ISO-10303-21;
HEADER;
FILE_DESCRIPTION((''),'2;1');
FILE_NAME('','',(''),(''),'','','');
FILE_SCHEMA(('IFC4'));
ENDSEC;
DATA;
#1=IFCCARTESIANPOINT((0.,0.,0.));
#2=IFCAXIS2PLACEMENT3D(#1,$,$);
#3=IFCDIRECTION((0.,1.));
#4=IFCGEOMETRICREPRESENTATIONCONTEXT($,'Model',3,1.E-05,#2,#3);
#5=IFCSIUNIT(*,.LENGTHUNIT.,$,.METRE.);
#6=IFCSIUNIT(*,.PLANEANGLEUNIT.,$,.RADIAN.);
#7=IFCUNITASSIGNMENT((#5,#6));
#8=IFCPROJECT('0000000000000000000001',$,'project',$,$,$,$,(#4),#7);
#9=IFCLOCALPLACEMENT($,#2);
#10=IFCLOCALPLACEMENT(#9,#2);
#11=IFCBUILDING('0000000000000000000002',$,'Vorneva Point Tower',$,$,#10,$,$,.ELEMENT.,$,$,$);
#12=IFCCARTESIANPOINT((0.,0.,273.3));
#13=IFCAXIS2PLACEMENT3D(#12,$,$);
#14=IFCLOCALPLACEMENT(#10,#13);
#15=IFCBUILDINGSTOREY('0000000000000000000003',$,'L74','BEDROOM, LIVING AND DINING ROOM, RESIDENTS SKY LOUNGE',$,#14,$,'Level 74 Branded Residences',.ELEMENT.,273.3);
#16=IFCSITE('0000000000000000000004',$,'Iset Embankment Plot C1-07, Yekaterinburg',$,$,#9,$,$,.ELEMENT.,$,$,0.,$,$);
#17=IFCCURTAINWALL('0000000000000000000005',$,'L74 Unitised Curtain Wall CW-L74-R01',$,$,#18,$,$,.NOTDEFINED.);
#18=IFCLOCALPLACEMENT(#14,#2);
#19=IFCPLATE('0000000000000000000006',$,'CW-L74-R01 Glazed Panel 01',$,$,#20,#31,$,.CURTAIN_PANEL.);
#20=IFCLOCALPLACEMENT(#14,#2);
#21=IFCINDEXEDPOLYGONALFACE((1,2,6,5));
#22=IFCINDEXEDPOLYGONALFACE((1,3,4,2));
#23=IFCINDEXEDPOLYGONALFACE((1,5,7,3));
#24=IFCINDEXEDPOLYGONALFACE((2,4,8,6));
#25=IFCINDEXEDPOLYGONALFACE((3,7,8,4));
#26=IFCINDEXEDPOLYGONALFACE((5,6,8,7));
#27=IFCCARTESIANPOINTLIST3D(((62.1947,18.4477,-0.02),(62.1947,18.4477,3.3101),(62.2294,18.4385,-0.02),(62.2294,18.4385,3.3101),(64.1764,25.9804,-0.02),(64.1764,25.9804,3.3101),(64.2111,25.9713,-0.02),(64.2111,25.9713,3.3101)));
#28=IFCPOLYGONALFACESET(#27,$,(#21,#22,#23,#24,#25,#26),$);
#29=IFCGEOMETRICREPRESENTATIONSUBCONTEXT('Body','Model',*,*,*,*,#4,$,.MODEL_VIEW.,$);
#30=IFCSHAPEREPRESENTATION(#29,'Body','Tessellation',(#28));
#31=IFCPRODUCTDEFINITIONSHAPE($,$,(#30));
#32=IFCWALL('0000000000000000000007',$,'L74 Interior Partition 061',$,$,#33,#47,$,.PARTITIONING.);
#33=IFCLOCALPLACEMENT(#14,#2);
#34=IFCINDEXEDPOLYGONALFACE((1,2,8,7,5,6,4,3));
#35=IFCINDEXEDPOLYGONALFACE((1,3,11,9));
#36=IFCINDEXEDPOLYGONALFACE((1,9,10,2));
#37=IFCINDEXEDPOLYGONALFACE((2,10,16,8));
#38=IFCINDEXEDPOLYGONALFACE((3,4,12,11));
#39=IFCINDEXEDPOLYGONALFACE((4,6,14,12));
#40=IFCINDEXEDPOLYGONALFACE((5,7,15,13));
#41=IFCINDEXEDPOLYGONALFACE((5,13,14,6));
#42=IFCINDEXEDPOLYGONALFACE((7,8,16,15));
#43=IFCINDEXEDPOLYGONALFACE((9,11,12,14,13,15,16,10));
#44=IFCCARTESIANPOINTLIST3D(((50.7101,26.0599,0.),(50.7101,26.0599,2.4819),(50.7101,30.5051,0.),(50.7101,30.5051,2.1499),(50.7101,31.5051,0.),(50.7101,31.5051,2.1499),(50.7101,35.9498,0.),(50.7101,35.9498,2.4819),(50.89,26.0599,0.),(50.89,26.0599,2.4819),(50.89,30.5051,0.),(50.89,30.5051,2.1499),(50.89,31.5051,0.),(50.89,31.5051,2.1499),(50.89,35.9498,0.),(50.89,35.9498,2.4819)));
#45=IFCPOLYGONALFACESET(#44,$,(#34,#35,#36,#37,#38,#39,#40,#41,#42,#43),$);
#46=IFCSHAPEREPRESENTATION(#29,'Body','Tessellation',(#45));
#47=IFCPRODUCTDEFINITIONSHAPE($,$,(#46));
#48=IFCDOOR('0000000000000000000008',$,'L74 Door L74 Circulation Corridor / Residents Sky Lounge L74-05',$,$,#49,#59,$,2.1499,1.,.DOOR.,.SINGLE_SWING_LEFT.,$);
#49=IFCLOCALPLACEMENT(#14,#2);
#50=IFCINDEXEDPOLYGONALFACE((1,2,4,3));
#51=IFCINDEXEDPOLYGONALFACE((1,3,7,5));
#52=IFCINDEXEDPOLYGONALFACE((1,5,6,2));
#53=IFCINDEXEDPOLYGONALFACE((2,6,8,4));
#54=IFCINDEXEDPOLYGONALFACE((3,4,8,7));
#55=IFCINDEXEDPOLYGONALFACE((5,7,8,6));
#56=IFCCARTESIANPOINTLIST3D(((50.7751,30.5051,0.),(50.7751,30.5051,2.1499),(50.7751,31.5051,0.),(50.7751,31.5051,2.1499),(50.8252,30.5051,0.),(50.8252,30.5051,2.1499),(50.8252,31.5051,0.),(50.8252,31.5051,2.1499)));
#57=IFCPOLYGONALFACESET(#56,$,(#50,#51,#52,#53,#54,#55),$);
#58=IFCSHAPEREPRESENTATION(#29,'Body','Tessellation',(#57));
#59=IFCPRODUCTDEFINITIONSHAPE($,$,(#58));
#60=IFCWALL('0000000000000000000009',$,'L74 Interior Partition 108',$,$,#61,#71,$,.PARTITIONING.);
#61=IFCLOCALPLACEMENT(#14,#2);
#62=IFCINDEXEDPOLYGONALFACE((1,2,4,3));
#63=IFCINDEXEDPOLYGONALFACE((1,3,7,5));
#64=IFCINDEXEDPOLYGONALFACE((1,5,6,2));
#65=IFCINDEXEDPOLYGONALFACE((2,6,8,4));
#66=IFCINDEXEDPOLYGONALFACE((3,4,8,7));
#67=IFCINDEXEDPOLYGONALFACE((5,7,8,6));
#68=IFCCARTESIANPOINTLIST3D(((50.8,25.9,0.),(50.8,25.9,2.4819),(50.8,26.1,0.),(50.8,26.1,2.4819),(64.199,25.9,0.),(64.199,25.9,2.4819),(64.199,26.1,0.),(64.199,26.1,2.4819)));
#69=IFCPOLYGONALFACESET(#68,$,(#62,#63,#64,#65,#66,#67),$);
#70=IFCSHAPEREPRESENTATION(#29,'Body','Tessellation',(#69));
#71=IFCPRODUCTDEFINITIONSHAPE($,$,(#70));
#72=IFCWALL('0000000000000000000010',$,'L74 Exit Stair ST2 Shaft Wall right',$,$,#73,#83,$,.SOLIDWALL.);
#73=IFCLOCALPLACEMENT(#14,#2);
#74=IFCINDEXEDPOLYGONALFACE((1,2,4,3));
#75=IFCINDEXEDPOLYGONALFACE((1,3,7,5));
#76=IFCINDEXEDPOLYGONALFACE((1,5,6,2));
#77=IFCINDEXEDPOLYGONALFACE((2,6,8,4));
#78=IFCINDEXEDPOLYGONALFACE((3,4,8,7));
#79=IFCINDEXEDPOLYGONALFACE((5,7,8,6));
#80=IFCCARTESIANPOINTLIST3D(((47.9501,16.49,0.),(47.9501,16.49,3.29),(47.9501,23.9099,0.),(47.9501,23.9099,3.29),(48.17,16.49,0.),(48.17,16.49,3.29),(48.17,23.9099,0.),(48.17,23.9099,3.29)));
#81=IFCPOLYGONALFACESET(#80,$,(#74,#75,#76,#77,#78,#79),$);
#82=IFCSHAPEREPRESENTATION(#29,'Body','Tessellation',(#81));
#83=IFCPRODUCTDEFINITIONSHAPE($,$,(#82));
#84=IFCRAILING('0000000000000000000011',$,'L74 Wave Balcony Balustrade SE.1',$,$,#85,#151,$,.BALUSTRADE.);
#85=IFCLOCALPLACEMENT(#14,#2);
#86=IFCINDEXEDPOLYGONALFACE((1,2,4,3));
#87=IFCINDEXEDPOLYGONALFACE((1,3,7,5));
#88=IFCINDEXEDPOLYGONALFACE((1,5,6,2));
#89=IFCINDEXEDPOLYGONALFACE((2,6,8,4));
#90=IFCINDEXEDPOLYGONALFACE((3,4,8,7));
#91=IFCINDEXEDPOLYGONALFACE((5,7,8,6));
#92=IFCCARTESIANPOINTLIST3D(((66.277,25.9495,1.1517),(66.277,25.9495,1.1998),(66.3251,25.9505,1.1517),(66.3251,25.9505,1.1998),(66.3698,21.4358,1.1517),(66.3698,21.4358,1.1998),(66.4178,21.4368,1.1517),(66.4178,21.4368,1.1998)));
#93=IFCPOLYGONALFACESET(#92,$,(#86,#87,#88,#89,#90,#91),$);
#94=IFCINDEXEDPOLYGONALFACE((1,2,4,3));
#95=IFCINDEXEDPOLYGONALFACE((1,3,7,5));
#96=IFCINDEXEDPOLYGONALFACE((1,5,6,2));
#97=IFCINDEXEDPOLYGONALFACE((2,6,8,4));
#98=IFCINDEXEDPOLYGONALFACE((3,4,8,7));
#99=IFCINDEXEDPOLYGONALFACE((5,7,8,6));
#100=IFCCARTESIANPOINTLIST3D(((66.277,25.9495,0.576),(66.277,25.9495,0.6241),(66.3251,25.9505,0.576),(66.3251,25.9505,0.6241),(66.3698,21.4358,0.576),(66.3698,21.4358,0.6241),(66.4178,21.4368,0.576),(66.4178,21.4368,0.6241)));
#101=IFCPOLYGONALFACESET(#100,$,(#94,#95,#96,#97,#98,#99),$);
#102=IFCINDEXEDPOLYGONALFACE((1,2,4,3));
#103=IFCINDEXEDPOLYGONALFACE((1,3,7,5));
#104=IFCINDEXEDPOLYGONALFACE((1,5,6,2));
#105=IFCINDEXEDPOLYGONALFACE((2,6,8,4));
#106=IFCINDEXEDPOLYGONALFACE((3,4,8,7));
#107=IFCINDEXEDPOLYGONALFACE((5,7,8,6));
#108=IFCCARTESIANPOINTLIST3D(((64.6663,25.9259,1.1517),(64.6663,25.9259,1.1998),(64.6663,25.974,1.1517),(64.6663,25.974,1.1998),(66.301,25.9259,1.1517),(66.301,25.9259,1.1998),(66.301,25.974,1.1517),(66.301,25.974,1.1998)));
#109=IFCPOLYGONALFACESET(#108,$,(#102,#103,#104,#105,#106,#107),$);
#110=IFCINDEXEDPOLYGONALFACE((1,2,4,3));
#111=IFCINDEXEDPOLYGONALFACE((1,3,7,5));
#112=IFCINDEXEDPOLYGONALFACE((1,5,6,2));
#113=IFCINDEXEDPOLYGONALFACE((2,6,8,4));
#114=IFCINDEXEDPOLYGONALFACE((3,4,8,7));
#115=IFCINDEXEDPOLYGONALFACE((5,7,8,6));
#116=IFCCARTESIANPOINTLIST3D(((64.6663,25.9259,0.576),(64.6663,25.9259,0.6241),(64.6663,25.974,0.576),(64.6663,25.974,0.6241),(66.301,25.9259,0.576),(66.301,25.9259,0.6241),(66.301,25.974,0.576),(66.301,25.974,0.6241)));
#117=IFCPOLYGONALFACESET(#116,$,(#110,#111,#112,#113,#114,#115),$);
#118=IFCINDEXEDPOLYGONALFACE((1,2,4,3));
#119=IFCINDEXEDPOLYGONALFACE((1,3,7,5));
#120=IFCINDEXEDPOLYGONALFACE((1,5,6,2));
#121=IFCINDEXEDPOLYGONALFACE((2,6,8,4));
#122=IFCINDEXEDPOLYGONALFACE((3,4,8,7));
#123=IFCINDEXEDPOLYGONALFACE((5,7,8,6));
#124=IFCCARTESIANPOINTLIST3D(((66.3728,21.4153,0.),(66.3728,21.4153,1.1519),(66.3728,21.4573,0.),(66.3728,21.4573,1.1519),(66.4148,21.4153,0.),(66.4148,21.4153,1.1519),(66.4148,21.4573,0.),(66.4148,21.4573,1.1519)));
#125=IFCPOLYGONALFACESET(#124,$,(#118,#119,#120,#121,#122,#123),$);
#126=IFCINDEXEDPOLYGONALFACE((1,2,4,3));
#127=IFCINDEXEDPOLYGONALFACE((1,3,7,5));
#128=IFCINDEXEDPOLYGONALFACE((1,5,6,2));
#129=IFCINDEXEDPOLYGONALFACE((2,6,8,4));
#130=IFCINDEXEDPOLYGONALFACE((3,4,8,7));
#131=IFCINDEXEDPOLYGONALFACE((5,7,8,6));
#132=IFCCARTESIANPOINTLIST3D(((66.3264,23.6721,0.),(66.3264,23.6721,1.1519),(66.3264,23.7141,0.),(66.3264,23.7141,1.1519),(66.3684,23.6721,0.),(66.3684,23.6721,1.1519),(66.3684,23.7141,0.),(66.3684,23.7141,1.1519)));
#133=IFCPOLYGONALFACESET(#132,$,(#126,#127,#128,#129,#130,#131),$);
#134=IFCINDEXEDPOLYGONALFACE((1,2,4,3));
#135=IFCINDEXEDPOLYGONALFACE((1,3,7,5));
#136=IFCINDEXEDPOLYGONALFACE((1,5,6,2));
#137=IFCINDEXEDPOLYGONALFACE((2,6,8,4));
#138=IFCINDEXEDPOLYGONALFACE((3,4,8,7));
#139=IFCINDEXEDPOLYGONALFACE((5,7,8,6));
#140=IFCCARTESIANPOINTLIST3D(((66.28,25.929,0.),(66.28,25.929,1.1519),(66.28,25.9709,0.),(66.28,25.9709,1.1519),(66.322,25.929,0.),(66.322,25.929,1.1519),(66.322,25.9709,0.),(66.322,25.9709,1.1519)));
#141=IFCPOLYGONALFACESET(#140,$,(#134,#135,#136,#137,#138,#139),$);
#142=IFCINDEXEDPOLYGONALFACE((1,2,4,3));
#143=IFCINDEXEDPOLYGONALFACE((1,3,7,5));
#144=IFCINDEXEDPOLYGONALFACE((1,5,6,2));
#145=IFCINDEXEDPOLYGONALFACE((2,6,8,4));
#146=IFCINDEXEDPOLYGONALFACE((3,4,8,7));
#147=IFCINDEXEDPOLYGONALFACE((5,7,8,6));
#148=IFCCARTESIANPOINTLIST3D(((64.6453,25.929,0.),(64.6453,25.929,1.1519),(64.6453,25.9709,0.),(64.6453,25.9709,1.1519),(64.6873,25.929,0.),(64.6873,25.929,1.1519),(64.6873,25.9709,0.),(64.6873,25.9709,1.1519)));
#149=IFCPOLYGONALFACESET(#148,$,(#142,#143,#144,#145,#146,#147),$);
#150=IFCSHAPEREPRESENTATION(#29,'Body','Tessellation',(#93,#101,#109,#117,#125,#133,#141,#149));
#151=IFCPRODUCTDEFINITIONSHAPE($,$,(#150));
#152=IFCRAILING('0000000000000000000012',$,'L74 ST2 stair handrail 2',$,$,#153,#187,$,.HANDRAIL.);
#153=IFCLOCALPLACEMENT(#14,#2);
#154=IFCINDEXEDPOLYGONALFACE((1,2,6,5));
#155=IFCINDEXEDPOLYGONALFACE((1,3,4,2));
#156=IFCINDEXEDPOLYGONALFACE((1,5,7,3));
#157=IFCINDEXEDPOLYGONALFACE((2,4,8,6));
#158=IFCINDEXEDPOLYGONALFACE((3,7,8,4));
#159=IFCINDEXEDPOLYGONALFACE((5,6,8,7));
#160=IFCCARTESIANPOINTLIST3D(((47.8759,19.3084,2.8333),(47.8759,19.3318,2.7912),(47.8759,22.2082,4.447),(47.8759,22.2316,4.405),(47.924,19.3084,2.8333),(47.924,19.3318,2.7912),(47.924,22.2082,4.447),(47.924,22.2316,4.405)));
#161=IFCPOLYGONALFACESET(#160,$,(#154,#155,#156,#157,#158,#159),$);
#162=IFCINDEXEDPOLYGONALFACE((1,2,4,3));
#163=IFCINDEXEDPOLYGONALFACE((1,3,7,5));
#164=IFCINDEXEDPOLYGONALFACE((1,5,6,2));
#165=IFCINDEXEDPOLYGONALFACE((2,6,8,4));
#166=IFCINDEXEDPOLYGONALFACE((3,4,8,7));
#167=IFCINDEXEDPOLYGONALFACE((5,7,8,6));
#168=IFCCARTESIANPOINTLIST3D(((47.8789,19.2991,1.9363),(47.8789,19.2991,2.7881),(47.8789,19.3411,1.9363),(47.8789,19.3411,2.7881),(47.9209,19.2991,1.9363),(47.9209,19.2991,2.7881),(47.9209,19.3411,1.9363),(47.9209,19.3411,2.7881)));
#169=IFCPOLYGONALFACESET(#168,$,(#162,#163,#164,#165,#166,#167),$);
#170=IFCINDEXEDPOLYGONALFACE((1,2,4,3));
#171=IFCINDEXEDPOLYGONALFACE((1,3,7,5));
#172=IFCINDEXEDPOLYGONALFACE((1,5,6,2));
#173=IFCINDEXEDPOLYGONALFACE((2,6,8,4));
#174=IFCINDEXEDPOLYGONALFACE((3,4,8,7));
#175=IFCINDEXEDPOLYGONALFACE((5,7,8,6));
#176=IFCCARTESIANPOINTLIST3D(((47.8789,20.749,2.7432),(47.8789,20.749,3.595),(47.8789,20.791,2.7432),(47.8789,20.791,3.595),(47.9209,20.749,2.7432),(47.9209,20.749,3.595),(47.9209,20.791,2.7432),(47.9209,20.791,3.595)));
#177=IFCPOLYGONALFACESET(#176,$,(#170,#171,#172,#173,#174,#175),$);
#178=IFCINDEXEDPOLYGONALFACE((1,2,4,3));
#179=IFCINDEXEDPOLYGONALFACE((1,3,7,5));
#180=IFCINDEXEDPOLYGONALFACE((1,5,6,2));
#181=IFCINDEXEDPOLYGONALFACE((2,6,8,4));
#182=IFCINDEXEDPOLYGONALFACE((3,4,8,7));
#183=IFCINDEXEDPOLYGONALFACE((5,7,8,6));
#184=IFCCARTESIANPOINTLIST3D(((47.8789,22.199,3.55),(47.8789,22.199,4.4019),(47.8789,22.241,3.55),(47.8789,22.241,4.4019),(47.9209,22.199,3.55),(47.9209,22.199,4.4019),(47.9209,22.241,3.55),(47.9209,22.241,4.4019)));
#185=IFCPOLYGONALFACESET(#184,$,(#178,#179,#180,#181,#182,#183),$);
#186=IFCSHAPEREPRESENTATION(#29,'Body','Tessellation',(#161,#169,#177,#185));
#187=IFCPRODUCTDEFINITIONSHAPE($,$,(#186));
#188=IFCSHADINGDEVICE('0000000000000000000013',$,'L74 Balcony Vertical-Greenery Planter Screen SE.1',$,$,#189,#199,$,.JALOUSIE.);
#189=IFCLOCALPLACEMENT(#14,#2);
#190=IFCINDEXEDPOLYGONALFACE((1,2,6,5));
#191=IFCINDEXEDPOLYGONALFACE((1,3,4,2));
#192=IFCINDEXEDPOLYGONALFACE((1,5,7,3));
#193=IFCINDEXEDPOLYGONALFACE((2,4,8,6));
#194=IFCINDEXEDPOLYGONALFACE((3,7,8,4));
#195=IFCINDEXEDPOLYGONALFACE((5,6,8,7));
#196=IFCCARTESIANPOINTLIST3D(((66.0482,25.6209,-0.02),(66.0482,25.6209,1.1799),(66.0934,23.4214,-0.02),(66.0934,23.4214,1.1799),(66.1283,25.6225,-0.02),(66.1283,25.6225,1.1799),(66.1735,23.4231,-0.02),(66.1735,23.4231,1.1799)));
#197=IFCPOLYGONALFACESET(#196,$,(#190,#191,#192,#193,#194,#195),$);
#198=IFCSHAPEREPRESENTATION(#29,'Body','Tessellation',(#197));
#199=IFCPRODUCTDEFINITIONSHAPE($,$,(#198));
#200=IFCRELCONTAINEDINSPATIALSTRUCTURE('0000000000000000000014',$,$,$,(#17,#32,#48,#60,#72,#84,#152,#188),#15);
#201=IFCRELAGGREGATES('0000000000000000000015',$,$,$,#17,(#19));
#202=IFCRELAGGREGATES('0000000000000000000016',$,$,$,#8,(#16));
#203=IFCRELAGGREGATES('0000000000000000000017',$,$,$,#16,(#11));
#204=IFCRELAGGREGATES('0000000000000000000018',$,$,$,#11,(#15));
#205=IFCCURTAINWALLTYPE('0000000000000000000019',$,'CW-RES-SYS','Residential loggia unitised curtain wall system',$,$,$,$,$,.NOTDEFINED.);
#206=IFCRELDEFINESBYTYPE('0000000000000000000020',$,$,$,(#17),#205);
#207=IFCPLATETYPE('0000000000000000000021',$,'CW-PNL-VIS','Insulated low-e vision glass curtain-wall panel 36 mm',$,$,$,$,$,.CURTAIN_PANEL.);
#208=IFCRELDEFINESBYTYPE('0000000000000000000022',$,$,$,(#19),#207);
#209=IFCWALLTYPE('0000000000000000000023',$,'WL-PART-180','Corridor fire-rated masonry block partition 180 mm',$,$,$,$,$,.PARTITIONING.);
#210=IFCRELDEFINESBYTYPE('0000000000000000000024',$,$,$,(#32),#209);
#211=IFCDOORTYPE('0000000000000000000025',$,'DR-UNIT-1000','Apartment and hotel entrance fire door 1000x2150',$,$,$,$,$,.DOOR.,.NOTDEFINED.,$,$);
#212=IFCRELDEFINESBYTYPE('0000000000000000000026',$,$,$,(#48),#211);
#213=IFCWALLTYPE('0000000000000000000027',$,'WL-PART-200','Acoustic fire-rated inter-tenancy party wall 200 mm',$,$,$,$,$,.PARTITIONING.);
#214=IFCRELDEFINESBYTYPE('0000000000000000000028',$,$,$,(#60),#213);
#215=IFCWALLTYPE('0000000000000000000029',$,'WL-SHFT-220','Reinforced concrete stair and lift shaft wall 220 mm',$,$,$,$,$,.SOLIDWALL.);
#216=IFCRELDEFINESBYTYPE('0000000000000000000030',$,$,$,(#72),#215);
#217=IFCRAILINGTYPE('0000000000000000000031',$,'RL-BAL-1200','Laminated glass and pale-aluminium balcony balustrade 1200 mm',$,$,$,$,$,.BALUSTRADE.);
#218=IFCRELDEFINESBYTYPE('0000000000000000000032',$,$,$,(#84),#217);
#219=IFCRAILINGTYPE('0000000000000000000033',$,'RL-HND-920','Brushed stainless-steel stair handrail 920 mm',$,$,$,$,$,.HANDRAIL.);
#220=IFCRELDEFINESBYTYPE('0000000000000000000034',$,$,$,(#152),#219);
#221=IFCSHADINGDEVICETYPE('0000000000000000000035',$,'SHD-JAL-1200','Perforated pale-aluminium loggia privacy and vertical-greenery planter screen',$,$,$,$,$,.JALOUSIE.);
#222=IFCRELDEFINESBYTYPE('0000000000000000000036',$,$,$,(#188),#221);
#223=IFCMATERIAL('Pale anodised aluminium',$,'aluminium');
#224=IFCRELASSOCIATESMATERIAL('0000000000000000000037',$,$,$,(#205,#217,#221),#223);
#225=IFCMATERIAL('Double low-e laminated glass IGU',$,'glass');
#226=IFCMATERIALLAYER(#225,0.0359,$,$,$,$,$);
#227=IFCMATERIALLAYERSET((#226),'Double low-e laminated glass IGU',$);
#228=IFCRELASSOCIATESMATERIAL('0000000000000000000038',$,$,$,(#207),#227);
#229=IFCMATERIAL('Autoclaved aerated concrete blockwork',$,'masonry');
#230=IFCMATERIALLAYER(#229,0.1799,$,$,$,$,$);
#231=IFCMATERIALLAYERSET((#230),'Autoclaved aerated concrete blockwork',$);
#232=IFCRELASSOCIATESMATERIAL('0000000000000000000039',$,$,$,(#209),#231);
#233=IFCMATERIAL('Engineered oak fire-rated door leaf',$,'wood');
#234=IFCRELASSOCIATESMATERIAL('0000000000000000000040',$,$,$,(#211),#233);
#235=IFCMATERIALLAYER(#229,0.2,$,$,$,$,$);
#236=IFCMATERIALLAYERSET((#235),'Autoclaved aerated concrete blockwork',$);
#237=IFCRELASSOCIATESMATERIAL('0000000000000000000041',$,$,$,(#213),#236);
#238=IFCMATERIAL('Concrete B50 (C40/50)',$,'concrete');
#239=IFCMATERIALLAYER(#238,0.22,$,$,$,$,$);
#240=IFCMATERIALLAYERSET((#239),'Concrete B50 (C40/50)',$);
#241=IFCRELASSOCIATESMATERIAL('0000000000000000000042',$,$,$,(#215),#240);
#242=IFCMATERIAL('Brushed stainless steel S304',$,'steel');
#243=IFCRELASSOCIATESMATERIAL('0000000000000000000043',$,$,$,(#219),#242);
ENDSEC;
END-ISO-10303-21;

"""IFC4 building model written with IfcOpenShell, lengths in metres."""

from ifc_helpers import new_model, si_unit, direction, frame, frame_2d, origin, origin_2d, place, context, subcontext, project, spatial, rectangle, extrude, material, layer, layer_set, type_object, element, fill, aggregate, save


model = new_model("IFC4")

# Units and contexts
model_context = context("Model", 3, precision=1e-05, world=origin(), true_north=direction((0.0, 1.0)))
body_context = subcontext(model_context, "Body", "Model", "MODEL_VIEW")
ifc_project = project(units=[si_unit("LENGTHUNIT", "METRE"), si_unit("PLANEANGLEUNIT", "RADIAN")], contexts=[model_context])

# Site, building, storey
site_placement = place(None, origin())
site = spatial("IfcSite", under=ifc_project, at=site_placement, Name="Iset Embankment Plot C1-07, Yekaterinburg", CompositionType="ELEMENT", RefElevation=0.0)
building_placement = place(site_placement, origin())
building = spatial("IfcBuilding", under=site, at=building_placement, Name="Vorneva Point Tower", CompositionType="ELEMENT")
storey_placement = place(building_placement, frame((0.0, 0.0, 273.3)))
storey = spatial("IfcBuildingStorey", under=building, at=storey_placement, Name="L74", Description="BEDROOM, LIVING AND DINING ROOM, RESIDENTS SKY LOUNGE", LongName="Level 74 Branded Residences", CompositionType="ELEMENT", Elevation=273.3)

# Shared definitions
ifc_material_1 = material(Name="Concrete B50 (C40/50)", Category="concrete")

# Curtain wall, plate
ifc_material_2 = material(Name="Pale anodised aluminium", Category="aluminium")
curtain_wall_type = type_object("IfcCurtainWallType", Name="CW-RES-SYS", Description="Residential loggia unitised curtain wall system", PredefinedType="NOTDEFINED", material=ifc_material_2)
curtain_wall_placement = place(storey_placement, origin())
curtain_wall = element("IfcCurtainWall", 1, at=curtain_wall_placement, inside=storey, type_object=curtain_wall_type, Name="L74 Unitised Curtain Wall CW-L74-R01", PredefinedType="NOTDEFINED")
ifc_material_3 = material(Name="Double low-e laminated glass IGU", Category="glass")
ifc_layer_1 = layer(ifc_material_3, 0.0359)
ifc_layer_set_1 = layer_set([ifc_layer_1], Name="Double low-e laminated glass IGU")
plate_type = type_object("IfcPlateType", Name="CW-PNL-VIS", Description="Insulated low-e vision glass curtain-wall panel 36 mm", PredefinedType="CURTAIN_PANEL", material=ifc_layer_set_1)
plate_placement = place(storey_placement, frame((63.2029, 22.2095, -0.02), z_axis=(0.0, 0.0, 1.0), x_axis=(0.254416, 0.967095, 0.0)))
plate = element("IfcPlate", 2, at=plate_placement, type_object=plate_type, Name="CW-L74-R01 Glazed Panel 01", PredefinedType="CURTAIN_PANEL", context=body_context, shape_type="SweptSolid", body=[
    extrude(rectangle(XDim=7.7891, YDim=0.0359, at=origin_2d()), origin(), (0.0, 0.0, 1.0), 3.3301),
])
aggregate(curtain_wall, [plate])

# Wall, opening, door
ifc_material_4 = material(Name="Autoclaved aerated concrete blockwork", Category="masonry")
ifc_layer_2 = layer(ifc_material_4, 0.1799)
ifc_layer_set_2 = layer_set([ifc_layer_2], Name="Autoclaved aerated concrete blockwork")
wall_type_1 = type_object("IfcWallType", Name="WL-PART-180", Description="Corridor fire-rated masonry block partition 180 mm", PredefinedType="PARTITIONING", material=ifc_layer_set_2)
wall_1_placement = place(storey_placement, frame((50.8, 26.0601, 0.0), z_axis=(0.0, 0.0, 1.0), x_axis=(0.0, 1.0, 0.0)))
wall_1 = element("IfcWall", 3, at=wall_1_placement, inside=storey, type_object=wall_type_1, Name="L74 Interior Partition 061", PredefinedType="PARTITIONING", context=body_context, shape_type="SweptSolid", body=[
    extrude(rectangle(XDim=9.8899, YDim=0.1799, at=frame_2d((4.9448, 0.0))), origin(), (0.0, 0.0, 1.0), 2.4819),
])
opening_1_placement = place(wall_1_placement, frame((4.4451, 0.0, 0.0)))
opening_1 = element("IfcOpeningElement", 4, at=opening_1_placement, cuts=wall_1, PredefinedType="OPENING", context=body_context, shape_type="SweptSolid", body=[
    extrude(rectangle(XDim=1.0, YDim=2.1499, at=frame_2d((0.5, 1.075))), frame((0.0, 0.105, 0.0), z_axis=(0.0, -1.0, 0.0), x_axis=(1.0, 0.0, 0.0)), (0.0, 0.0, 1.0), 0.2097),
])
ifc_material_5 = material(Name="Engineered oak fire-rated door leaf", Category="wood")
door_type_1 = type_object("IfcDoorType", Name="DR-UNIT-1000", Description="Apartment and hotel entrance fire door 1000x2150", OperationType="NOTDEFINED", PredefinedType="DOOR", material=ifc_material_5)
door_1_placement = place(opening_1_placement, origin())
door_1 = element("IfcDoor", 5, at=door_1_placement, inside=storey, type_object=door_type_1, Name="L74 Door L74 Circulation Corridor / Residents Sky Lounge L74-05", OperationType="SINGLE_SWING_LEFT", OverallHeight=2.1499, OverallWidth=1.0, PredefinedType="DOOR", context=body_context, shape_type="SweptSolid", body=[
    extrude(rectangle(XDim=1.0, YDim=2.1499, at=frame_2d((0.5, 1.075))), frame((0.0, 0.0249, 0.0), z_axis=(0.0, -1.0, 0.0), x_axis=(1.0, 0.0, 0.0)), (0.0, 0.0, 1.0), 0.05),
])
fill(opening_1, door_1)

# Walls
ifc_layer_3 = layer(ifc_material_4, 0.2)
ifc_layer_set_3 = layer_set([ifc_layer_3], Name="Autoclaved aerated concrete blockwork")
wall_type_2 = type_object("IfcWallType", Name="WL-PART-200", Description="Acoustic fire-rated inter-tenancy party wall 200 mm", PredefinedType="PARTITIONING", material=ifc_layer_set_3)
wall_2_placement = place(storey_placement, frame((64.199, 26.0, 0.0), z_axis=(0.0, 0.0, 1.0), x_axis=(-1.0, 0.0, 0.0)))
element("IfcWall", 6, at=wall_2_placement, inside=storey, type_object=wall_type_2, Name="L74 Interior Partition 108", PredefinedType="PARTITIONING", context=body_context, shape_type="SweptSolid", body=[
    extrude(rectangle(XDim=13.3989, YDim=0.2, at=frame_2d((6.6995, 0.0))), origin(), (0.0, 0.0, 1.0), 2.4819),
])
ifc_layer_4 = layer(ifc_material_1, 0.22)
ifc_layer_set_4 = layer_set([ifc_layer_4], Name="Concrete B50 (C40/50)")
wall_type_3 = type_object("IfcWallType", Name="WL-SHFT-220", Description="Reinforced concrete stair and lift shaft wall 220 mm", PredefinedType="SOLIDWALL", material=ifc_layer_set_4)
wall_3_placement = place(storey_placement, frame((48.0601, 23.9099, 0.0), z_axis=(0.0, 0.0, 1.0), x_axis=(0.0, -1.0, 0.0)))
element("IfcWall", 7, at=wall_3_placement, inside=storey, type_object=wall_type_3, Name="L74 Exit Stair ST2 Shaft Wall right", PredefinedType="SOLIDWALL", context=body_context, shape_type="SweptSolid", body=[
    extrude(rectangle(XDim=7.4199, YDim=0.22, at=frame_2d((3.71, 0.0))), origin(), (0.0, 0.0, 1.0), 3.29),
])

# Railings
railing_type_1 = type_object("IfcRailingType", Name="RL-BAL-1200", Description="Laminated glass and pale-aluminium balcony balustrade 1200 mm", PredefinedType="BALUSTRADE", material=ifc_material_2)
railing_1_placement = place(storey_placement, frame((66.3938, 21.4363, 0.0)))
element("IfcRailing", 8, at=railing_1_placement, inside=storey, type_object=railing_type_1, Name="L74 Wave Balcony Balustrade SE.1", PredefinedType="BALUSTRADE", context=body_context, shape_type="SweptSolid", body=[
    extrude(rectangle(XDim=0.0481, YDim=0.0481, at=origin_2d()), frame((0.0, 0.0, 1.1758), z_axis=(-0.02055, 0.999789, 0.0), x_axis=(-0.999789, -0.02055, 0.0)), (0.0, 0.0, 1.0), 4.5146),
    extrude(rectangle(XDim=0.0481, YDim=0.0481, at=origin_2d()), frame((0.0, 0.0, 0.6001), z_axis=(-0.02055, 0.999789, 0.0), x_axis=(-0.999789, -0.02055, 0.0)), (0.0, 0.0, 1.0), 4.5146),
    extrude(rectangle(XDim=0.0481, YDim=0.0481, at=origin_2d()), frame((-0.0928, 4.5137, 1.1758), z_axis=(-1.0, 0.0, 0.0), x_axis=(0.0, -1.0, 0.0)), (0.0, 0.0, 1.0), 1.6348),
    extrude(rectangle(XDim=0.0481, YDim=0.0481, at=origin_2d()), frame((-0.0928, 4.5137, 0.6001), z_axis=(-1.0, 0.0, 0.0), x_axis=(0.0, -1.0, 0.0)), (0.0, 0.0, 1.0), 1.6348),
    extrude(rectangle(XDim=0.042, YDim=0.042, at=origin_2d()), origin(), (0.0, 0.0, 1.0), 1.1519),
    extrude(rectangle(XDim=0.042, YDim=0.042, at=origin_2d()), frame((-0.0464, 2.2568, 0.0)), (0.0, 0.0, 1.0), 1.1519),
    extrude(rectangle(XDim=0.042, YDim=0.042, at=origin_2d()), frame((-0.0928, 4.5137, 0.0)), (0.0, 0.0, 1.0), 1.1519),
    extrude(rectangle(XDim=0.042, YDim=0.042, at=origin_2d()), frame((-1.7275, 4.5137, 0.0)), (0.0, 0.0, 1.0), 1.1519),
])
ifc_material_6 = material(Name="Brushed stainless steel S304", Category="steel")
railing_type_2 = type_object("IfcRailingType", Name="RL-HND-920", Description="Brushed stainless-steel stair handrail 920 mm", PredefinedType="HANDRAIL", material=ifc_material_6)
railing_2_placement = place(storey_placement, frame((47.8999, 19.3201, 1.9363)))
element("IfcRailing", 9, at=railing_2_placement, inside=storey, type_object=railing_type_2, Name="L74 ST2 stair handrail 2", PredefinedType="HANDRAIL", context=body_context, shape_type="SweptSolid", body=[
    extrude(rectangle(XDim=0.0481, YDim=0.0481, at=origin_2d()), frame((0.0, 0.0, 0.876), z_axis=(0.0, 0.87381, 0.486267), x_axis=(-1.0, 0.0, 0.0)), (0.0, 0.0, 1.0), 3.3186),
    extrude(rectangle(XDim=0.042, YDim=0.042, at=origin_2d()), origin(), (0.0, 0.0, 1.0), 0.8518),
    extrude(rectangle(XDim=0.042, YDim=0.042, at=origin_2d()), frame((0.0, 1.45, 0.8069)), (0.0, 0.0, 1.0), 0.8518),
    extrude(rectangle(XDim=0.042, YDim=0.042, at=origin_2d()), frame((0.0, 2.8999, 1.6138)), (0.0, 0.0, 1.0), 0.8518),
])

# Shading device
shading_device_type = type_object("IfcShadingDeviceType", Name="SHD-JAL-1200", Description="Perforated pale-aluminium loggia privacy and vertical-greenery planter screen", PredefinedType="JALOUSIE", material=ifc_material_2)
shading_device_placement = place(storey_placement, frame((66.1108, 24.522, -0.02), z_axis=(0.0, 0.0, 1.0), x_axis=(-0.020559, 0.999789, 0.0)))
element("IfcShadingDevice", 10, at=shading_device_placement, inside=storey, type_object=shading_device_type, Name="L74 Balcony Vertical-Greenery Planter Screen SE.1", PredefinedType="JALOUSIE", context=body_context, shape_type="SweptSolid", body=[
    extrude(rectangle(XDim=2.2, YDim=0.0801, at=origin_2d()), origin(), (0.0, 0.0, 1.0), 1.2),
])

save(model, "model.ifc")
